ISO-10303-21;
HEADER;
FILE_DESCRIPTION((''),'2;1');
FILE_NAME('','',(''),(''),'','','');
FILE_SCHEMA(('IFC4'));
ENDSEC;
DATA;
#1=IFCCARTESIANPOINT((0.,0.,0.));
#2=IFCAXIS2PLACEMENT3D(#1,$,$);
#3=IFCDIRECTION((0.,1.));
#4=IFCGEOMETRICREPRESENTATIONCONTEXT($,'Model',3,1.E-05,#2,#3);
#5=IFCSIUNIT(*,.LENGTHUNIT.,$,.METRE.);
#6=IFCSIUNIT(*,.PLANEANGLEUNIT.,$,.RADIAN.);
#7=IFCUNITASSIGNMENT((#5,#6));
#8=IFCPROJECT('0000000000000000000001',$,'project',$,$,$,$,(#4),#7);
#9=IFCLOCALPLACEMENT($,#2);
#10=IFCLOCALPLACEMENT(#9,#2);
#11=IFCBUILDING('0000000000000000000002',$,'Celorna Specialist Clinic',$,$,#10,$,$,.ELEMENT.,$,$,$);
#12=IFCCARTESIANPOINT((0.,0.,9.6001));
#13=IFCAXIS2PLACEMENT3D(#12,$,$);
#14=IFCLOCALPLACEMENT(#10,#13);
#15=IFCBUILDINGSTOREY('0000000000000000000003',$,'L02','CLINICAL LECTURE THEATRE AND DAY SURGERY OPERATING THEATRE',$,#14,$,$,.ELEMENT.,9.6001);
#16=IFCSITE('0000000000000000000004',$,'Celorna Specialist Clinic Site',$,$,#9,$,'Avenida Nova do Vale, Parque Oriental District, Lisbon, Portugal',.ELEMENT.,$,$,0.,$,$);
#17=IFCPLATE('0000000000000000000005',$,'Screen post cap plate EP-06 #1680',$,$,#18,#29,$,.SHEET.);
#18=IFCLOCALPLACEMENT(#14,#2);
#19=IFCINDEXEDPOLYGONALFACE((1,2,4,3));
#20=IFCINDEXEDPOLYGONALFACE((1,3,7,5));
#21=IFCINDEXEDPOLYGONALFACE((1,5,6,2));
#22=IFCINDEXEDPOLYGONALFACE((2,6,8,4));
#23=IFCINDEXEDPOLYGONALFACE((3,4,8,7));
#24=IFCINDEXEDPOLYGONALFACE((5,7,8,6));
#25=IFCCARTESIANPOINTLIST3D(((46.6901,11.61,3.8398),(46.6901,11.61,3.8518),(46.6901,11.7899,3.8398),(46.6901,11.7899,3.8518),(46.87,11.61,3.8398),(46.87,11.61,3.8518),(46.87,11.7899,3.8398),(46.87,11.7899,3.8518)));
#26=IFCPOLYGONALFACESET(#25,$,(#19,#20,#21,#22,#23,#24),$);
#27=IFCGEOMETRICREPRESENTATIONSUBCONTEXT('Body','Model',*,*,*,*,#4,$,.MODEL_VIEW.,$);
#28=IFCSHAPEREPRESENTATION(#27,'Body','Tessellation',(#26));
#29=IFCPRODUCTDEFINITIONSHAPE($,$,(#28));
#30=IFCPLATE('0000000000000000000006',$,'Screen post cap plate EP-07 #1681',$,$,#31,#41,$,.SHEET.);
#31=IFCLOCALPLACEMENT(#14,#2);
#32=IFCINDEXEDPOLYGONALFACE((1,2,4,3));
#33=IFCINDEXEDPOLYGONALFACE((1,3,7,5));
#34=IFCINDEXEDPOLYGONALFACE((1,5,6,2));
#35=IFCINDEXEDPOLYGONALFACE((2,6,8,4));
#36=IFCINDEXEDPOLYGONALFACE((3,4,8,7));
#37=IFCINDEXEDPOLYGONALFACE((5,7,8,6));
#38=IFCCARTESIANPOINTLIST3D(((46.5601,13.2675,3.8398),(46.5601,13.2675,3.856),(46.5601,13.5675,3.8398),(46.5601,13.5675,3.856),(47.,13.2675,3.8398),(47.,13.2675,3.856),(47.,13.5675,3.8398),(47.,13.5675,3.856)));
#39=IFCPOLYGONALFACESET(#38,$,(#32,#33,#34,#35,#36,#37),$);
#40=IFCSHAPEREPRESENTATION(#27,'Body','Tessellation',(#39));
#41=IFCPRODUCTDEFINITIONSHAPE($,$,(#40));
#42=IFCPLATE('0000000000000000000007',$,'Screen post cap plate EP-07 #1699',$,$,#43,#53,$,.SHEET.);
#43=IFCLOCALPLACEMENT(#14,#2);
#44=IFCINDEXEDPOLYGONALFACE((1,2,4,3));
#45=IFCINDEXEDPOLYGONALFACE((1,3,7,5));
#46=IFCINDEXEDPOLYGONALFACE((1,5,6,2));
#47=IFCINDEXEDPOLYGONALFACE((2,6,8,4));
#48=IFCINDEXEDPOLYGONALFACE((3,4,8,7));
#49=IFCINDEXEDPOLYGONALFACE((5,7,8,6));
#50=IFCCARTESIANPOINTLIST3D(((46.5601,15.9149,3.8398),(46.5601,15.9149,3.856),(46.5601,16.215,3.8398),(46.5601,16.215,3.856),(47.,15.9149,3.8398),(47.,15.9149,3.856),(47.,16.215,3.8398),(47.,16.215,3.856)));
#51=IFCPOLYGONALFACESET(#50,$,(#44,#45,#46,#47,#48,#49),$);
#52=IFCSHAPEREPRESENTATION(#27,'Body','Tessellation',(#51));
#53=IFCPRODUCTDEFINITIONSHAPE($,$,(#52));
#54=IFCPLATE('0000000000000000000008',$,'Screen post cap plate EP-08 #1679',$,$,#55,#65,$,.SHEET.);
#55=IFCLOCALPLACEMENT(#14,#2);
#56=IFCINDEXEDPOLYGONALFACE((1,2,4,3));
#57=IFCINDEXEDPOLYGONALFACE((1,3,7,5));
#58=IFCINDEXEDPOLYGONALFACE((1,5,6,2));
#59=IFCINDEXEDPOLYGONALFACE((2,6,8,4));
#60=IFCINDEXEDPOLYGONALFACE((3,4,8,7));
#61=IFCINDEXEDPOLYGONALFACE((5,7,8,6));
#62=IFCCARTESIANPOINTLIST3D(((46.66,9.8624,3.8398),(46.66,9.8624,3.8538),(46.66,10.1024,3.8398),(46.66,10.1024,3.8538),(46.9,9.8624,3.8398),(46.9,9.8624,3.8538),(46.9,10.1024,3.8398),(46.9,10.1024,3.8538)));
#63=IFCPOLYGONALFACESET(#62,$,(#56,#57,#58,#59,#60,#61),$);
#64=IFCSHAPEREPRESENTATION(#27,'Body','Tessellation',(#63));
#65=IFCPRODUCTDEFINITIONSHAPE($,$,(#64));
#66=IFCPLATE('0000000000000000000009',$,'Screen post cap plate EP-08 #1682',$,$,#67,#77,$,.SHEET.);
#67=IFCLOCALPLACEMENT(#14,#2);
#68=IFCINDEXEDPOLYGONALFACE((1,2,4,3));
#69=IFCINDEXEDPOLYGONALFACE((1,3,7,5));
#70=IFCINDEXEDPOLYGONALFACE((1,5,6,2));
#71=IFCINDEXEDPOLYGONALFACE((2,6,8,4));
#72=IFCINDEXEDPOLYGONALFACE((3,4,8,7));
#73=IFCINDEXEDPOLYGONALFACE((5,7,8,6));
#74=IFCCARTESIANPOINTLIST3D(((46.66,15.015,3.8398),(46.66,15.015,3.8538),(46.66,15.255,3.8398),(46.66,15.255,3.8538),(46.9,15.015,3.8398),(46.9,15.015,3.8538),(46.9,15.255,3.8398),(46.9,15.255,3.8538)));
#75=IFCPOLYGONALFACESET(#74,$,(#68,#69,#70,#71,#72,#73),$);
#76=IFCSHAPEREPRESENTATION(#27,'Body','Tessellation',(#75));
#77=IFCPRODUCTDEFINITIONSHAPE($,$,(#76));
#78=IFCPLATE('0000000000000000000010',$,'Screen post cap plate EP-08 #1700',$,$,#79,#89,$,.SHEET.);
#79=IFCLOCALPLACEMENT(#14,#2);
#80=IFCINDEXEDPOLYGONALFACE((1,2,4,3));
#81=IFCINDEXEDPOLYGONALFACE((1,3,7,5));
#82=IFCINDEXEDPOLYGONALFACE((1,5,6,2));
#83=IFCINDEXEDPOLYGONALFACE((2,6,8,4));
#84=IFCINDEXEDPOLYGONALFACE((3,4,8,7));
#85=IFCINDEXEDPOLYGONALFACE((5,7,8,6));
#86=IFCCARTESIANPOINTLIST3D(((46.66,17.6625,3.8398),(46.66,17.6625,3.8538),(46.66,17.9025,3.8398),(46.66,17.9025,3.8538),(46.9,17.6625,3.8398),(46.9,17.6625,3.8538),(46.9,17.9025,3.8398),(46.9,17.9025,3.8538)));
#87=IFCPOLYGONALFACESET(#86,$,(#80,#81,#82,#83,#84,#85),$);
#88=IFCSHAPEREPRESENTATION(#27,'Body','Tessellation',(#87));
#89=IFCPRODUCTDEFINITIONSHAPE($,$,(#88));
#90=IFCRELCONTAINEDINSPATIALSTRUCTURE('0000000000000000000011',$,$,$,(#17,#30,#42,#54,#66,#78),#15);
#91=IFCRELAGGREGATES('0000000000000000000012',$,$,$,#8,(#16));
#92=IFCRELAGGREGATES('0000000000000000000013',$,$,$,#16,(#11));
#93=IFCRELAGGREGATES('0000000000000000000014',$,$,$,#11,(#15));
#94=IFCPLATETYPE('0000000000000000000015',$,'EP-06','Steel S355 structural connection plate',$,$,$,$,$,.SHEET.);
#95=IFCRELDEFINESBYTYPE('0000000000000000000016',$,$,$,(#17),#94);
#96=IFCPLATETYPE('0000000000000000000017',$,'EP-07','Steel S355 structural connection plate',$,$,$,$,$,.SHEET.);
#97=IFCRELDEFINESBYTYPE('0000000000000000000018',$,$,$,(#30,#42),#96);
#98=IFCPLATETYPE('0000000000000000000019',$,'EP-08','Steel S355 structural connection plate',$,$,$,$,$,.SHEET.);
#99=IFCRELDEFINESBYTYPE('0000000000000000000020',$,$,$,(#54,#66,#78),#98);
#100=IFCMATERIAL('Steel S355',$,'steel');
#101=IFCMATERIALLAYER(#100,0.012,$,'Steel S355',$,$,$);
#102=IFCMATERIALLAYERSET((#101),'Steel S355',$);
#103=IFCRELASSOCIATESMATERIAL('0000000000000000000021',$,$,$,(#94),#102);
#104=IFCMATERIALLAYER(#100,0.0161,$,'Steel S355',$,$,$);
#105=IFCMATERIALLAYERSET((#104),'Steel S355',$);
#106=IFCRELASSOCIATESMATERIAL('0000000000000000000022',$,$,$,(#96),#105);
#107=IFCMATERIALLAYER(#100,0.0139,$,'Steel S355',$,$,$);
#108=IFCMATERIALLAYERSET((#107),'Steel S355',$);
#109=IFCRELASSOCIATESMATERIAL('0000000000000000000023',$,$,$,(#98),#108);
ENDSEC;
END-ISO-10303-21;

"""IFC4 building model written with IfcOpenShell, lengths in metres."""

from ifc_helpers import new_model, si_unit, direction, frame, origin, origin_2d, place, context, subcontext, project, spatial, rectangle, extrude, material, layer, layer_set, type_object, element, save


model = new_model("IFC4")

# Units and contexts
model_context = context("Model", 3, precision=1e-05, world=origin(), true_north=direction((0.0, 1.0)))
body_context = subcontext(model_context, "Body", "Model", "MODEL_VIEW")
ifc_project = project(units=[si_unit("LENGTHUNIT", "METRE"), si_unit("PLANEANGLEUNIT", "RADIAN")], contexts=[model_context])

# Site, building, storey
site_placement = place(None, origin())
site = spatial("IfcSite", under=ifc_project, at=site_placement, Name="Celorna Specialist Clinic Site", LongName="Avenida Nova do Vale, Parque Oriental District, Lisbon, Portugal", CompositionType="ELEMENT", RefElevation=0.0)
building_placement = place(site_placement, origin())
building = spatial("IfcBuilding", under=site, at=building_placement, Name="Celorna Specialist Clinic", CompositionType="ELEMENT")
storey_placement = place(building_placement, frame((0.0, 0.0, 9.6001)))
storey = spatial("IfcBuildingStorey", under=building, at=storey_placement, Name="L02", Description="CLINICAL LECTURE THEATRE AND DAY SURGERY OPERATING THEATRE", CompositionType="ELEMENT", Elevation=9.6001)

# Shared definitions
ifc_material = material(Name="Steel S355", Category="steel")

# Plates
ifc_layer_1 = layer(ifc_material, 0.012, Name="Steel S355")
ifc_layer_set_1 = layer_set([ifc_layer_1], Name="Steel S355")
plate_type_1 = type_object("IfcPlateType", Name="EP-06", Description="Steel S355 structural connection plate", PredefinedType="SHEET", material=ifc_layer_set_1)
plate_placement = place(storey_placement, frame((46.78, 11.7, 3.8398), z_axis=(0.0, 0.0, 1.0), x_axis=(0.0, 1.0, 0.0)))
element("IfcPlate", 1, at=plate_placement, inside=storey, type_object=plate_type_1, Name="Screen post cap plate EP-06 #1680", PredefinedType="SHEET", context=body_context, shape_type="SweptSolid", body=[
    extrude(rectangle(XDim=0.1799, YDim=0.1799, at=origin_2d()), origin(), (0.0, 0.0, 1.0), 0.012),
])
ifc_layer_2 = layer(ifc_material, 0.0161, Name="Steel S355")
ifc_layer_set_2 = layer_set([ifc_layer_2], Name="Steel S355")
plate_type_2 = type_object("IfcPlateType", Name="EP-07", Description="Steel S355 structural connection plate", PredefinedType="SHEET", material=ifc_layer_set_2)
for number, where, z_axis, x_axis, name in (
    (2, (46.78, 13.4175, 3.8398), (0.0, 0.0, 1.0), (0.0, 1.0, 0.0), "Screen post cap plate EP-07 #1681"),
    (3, (46.78, 16.0649, 3.8398), (0.0, 0.0, 1.0), (0.0, 1.0, 0.0), "Screen post cap plate EP-07 #1699"),
):
    element("IfcPlate", number, at=place(storey_placement, frame(where, z_axis=z_axis, x_axis=x_axis)), inside=storey, type_object=plate_type_2, Name=name, PredefinedType="SHEET", context=body_context, shape_type="SweptSolid", body=[
        extrude(rectangle(XDim=0.3, YDim=0.4399, at=origin_2d()), origin(), (0.0, 0.0, 1.0), 0.0161),
    ])
ifc_layer_3 = layer(ifc_material, 0.0139, Name="Steel S355")
ifc_layer_set_3 = layer_set([ifc_layer_3], Name="Steel S355")
plate_type_3 = type_object("IfcPlateType", Name="EP-08", Description="Steel S355 structural connection plate", PredefinedType="SHEET", material=ifc_layer_set_3)
for number, where, z_axis, x_axis, name in (
    (4, (46.78, 9.9824, 3.8398), (0.0, 0.0, 1.0), (0.0, 1.0, 0.0), "Screen post cap plate EP-08 #1679"),
    (5, (46.78, 15.135, 3.8398), (0.0, 0.0, 1.0), (0.0, 1.0, 0.0), "Screen post cap plate EP-08 #1682"),
    (6, (46.78, 17.7825, 3.8398), (0.0, 0.0, 1.0), (0.0, 1.0, 0.0), "Screen post cap plate EP-08 #1700"),
):
    element("IfcPlate", number, at=place(storey_placement, frame(where, z_axis=z_axis, x_axis=x_axis)), inside=storey, type_object=plate_type_3, Name=name, PredefinedType="SHEET", context=body_context, shape_type="SweptSolid", body=[
        extrude(rectangle(XDim=0.24, YDim=0.24, at=origin_2d()), origin(), (0.0, 0.0, 1.0), 0.0139),
    ])

save(model, "model.ifc")
